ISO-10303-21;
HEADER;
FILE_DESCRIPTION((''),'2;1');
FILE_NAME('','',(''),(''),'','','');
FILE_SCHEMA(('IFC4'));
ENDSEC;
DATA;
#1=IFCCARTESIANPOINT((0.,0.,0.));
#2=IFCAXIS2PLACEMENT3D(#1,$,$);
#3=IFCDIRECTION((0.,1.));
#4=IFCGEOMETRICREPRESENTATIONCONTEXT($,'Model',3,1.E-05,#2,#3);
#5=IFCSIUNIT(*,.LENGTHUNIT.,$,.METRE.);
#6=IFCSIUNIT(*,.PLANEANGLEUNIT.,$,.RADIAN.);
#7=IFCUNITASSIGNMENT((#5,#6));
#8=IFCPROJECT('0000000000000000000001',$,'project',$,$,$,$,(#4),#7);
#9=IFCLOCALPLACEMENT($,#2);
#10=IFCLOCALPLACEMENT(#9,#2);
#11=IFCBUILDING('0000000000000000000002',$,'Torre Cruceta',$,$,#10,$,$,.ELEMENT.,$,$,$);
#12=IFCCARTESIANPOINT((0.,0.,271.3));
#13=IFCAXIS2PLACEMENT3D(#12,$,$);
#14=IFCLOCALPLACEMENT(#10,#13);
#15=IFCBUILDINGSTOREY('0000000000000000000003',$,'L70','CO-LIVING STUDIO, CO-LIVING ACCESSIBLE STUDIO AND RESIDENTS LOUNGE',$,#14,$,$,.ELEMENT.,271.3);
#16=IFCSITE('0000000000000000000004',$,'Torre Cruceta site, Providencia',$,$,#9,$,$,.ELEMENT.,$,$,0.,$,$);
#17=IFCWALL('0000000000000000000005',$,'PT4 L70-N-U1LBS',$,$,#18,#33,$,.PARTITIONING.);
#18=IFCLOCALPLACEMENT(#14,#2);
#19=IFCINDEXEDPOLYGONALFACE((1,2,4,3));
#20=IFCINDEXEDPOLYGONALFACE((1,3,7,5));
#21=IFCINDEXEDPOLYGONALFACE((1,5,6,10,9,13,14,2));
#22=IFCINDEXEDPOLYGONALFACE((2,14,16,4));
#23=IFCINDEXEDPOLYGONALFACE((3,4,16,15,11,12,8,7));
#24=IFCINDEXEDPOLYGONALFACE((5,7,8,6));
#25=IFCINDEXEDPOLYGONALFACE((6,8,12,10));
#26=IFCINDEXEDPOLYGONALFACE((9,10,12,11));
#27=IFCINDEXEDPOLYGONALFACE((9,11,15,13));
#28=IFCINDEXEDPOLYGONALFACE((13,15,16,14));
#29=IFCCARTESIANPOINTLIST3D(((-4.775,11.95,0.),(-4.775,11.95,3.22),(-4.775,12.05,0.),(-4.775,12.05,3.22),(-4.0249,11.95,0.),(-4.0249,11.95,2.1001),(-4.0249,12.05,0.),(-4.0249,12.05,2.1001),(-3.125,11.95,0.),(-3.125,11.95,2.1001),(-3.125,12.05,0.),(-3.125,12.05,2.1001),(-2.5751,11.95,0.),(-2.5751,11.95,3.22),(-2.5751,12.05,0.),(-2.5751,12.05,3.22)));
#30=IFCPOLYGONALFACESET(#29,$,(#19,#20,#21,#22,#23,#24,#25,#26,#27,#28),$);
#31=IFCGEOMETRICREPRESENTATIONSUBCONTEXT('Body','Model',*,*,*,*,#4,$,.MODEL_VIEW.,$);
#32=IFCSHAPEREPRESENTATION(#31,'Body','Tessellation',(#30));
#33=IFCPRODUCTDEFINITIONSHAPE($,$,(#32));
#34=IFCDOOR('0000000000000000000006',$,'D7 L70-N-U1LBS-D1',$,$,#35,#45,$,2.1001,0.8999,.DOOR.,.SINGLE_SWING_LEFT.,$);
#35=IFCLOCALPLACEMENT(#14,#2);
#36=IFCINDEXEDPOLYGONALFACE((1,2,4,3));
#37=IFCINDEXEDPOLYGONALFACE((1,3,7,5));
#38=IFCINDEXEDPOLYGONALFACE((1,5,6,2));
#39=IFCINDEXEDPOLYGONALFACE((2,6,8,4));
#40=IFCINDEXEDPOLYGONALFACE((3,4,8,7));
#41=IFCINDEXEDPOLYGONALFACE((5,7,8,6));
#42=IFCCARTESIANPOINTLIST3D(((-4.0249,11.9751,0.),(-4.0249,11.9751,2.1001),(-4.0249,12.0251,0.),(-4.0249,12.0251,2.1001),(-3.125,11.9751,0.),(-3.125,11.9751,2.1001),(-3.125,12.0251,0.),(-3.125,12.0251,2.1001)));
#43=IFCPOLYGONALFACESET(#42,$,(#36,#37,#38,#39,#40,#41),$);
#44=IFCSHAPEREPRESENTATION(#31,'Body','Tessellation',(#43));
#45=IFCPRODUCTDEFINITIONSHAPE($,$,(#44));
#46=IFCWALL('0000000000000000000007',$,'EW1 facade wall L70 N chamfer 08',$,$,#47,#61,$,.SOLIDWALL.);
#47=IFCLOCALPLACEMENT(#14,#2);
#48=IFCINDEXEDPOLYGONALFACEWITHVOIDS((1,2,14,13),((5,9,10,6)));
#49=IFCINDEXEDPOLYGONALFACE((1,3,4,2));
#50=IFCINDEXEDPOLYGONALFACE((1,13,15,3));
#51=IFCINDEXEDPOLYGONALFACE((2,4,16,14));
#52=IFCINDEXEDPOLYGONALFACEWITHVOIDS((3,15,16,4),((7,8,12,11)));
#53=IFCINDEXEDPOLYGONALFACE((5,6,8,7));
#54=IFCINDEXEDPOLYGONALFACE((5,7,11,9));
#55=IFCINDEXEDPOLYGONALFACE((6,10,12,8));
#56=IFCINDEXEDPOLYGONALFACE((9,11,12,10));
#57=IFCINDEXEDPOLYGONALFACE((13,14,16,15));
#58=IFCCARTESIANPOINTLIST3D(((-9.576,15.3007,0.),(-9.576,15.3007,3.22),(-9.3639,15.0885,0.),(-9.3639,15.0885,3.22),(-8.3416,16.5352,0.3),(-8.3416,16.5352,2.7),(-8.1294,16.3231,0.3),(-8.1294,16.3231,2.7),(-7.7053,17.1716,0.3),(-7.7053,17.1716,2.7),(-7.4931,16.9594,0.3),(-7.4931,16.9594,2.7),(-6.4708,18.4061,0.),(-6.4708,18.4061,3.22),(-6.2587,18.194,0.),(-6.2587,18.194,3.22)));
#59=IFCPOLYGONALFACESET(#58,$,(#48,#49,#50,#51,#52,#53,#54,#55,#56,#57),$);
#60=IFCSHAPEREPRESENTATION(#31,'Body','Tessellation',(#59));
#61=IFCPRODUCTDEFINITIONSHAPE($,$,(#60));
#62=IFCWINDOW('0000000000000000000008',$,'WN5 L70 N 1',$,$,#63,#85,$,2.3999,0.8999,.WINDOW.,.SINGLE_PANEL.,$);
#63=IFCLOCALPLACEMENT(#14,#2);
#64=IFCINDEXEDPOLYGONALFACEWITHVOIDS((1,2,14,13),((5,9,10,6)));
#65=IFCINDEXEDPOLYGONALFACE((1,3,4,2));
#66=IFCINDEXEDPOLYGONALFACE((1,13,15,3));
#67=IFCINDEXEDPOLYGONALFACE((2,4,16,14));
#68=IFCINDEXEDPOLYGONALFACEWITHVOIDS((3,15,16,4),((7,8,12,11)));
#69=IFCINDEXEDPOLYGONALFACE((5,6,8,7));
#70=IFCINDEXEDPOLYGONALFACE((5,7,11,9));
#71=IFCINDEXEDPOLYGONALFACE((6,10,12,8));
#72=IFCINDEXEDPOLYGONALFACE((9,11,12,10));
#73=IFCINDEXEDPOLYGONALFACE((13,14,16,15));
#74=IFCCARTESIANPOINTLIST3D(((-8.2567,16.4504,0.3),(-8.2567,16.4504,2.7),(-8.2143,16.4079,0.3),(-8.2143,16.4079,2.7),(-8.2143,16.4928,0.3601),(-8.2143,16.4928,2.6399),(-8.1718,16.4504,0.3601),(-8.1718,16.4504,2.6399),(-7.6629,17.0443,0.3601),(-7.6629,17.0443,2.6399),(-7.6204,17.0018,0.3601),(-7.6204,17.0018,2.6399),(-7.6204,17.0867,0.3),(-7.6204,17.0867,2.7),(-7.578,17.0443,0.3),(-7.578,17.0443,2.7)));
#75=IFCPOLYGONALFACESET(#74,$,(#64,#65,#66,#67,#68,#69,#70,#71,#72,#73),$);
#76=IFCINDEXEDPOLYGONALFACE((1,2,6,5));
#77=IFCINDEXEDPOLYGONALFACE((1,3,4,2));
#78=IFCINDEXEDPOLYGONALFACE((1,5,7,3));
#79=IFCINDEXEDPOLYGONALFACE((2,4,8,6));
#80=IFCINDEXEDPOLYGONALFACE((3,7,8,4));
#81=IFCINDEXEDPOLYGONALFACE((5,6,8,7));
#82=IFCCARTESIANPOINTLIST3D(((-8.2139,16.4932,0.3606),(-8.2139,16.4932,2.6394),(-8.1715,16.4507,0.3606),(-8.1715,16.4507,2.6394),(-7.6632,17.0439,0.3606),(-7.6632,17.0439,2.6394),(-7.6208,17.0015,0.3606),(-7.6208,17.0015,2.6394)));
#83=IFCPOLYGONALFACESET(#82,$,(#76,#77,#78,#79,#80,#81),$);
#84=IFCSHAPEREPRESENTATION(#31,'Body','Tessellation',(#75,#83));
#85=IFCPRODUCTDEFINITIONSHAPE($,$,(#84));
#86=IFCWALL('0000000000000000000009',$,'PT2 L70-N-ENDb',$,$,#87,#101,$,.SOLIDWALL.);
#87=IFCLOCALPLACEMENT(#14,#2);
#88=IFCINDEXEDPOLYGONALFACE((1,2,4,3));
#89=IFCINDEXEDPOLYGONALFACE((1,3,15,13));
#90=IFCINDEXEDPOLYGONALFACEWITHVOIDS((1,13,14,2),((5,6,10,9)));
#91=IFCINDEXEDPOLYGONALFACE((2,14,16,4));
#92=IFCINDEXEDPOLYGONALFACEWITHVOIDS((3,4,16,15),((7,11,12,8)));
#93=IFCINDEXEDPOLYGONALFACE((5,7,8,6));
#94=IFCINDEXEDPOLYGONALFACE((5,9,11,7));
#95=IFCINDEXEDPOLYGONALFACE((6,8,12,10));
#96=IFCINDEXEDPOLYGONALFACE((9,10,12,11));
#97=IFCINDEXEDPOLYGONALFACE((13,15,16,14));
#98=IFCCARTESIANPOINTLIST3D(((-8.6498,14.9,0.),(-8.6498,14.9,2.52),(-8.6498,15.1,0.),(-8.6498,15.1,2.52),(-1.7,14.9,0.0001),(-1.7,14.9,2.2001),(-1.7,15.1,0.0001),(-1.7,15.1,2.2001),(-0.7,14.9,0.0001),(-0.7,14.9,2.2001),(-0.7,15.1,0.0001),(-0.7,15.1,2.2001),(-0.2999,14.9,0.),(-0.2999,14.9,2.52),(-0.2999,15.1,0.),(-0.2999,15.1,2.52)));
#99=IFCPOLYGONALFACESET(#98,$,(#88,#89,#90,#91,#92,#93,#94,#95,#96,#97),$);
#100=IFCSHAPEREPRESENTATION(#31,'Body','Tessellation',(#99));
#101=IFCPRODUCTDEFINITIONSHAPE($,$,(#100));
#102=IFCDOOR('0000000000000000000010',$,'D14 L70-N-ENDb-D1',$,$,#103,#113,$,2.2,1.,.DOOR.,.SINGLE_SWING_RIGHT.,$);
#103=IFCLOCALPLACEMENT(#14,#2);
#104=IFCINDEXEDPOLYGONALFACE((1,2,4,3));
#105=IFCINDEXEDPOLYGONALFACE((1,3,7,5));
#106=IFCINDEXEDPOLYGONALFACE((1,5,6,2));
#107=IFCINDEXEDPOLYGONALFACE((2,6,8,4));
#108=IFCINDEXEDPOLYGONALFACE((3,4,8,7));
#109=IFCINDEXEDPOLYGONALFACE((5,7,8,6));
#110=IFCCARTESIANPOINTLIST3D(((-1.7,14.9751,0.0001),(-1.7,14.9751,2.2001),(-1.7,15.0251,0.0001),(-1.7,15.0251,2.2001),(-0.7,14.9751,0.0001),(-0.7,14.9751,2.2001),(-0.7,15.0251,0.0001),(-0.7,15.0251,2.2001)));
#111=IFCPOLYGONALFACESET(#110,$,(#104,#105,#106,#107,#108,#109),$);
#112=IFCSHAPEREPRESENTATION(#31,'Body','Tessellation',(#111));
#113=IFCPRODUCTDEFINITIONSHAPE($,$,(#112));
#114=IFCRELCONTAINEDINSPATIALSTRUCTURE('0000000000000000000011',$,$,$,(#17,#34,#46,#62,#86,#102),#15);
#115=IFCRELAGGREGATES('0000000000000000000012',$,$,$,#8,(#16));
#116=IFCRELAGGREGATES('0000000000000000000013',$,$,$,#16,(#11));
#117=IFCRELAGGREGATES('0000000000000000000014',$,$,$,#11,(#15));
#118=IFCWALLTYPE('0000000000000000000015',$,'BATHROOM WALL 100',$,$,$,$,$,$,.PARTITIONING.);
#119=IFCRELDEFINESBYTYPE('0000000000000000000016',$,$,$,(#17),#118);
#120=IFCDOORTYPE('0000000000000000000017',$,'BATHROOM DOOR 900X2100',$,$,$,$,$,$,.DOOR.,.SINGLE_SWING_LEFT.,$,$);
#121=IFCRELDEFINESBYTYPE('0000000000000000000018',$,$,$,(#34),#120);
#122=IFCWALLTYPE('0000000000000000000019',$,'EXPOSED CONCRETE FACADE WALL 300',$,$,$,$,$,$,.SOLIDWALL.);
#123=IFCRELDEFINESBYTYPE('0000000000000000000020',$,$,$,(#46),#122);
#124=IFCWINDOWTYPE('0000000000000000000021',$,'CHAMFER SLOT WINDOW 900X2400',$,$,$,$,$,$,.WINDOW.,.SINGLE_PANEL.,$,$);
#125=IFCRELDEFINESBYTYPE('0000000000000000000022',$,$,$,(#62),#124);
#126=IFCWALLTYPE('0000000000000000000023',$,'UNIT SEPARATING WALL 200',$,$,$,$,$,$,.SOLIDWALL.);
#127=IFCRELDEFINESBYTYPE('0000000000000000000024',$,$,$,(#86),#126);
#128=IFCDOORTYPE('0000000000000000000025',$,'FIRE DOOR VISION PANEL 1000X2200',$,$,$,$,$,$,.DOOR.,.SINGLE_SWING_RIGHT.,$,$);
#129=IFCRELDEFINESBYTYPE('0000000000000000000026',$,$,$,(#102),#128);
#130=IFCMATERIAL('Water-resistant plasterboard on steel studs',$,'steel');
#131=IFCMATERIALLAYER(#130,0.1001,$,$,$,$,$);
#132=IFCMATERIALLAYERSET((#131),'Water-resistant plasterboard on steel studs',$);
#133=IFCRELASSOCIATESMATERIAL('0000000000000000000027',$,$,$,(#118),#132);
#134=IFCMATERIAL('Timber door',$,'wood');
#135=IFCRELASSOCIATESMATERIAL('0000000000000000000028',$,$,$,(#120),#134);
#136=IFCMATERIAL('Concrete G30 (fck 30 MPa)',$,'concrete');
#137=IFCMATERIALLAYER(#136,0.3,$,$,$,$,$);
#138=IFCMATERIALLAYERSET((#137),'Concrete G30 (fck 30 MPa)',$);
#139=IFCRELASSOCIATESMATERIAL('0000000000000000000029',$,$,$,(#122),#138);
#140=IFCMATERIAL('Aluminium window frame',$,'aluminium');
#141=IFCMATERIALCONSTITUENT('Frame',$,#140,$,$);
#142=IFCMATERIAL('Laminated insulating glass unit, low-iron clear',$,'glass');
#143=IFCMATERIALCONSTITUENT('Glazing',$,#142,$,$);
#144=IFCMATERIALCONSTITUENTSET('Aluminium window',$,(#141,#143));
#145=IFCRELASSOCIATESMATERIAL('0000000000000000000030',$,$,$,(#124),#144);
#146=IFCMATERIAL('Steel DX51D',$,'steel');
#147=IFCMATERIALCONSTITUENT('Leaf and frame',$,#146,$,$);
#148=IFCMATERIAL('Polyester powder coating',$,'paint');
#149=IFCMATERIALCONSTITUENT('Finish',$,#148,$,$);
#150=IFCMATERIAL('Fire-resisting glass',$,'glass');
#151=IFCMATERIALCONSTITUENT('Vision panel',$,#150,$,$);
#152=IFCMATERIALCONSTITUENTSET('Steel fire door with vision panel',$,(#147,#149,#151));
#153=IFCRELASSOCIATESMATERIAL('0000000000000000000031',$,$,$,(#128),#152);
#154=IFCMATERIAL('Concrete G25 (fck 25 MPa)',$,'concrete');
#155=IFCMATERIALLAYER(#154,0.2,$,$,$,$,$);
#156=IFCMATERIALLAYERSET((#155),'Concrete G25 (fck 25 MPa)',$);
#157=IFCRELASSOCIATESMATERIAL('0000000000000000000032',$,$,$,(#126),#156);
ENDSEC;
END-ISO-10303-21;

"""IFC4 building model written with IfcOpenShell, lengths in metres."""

from ifc_helpers import new_model, si_unit, direction, frame, frame_2d, origin, place, context, subcontext, project, spatial, rectangle, hollow_rectangle, extrude, material, layer, layer_set, constituent, constituent_set, type_object, element, fill, save


model = new_model("IFC4")

# Units and contexts
model_context = context("Model", 3, precision=1e-05, world=origin(), true_north=direction((0.0, 1.0)))
body_context = subcontext(model_context, "Body", "Model", "MODEL_VIEW")
ifc_project = project(units=[si_unit("LENGTHUNIT", "METRE"), si_unit("PLANEANGLEUNIT", "RADIAN")], contexts=[model_context])

# Site, building, storey
site_placement = place(None, origin())
site = spatial("IfcSite", under=ifc_project, at=site_placement, Name="Torre Cruceta site, Providencia", CompositionType="ELEMENT", RefElevation=0.0)
building_placement = place(site_placement, origin())
building = spatial("IfcBuilding", under=site, at=building_placement, Name="Torre Cruceta", CompositionType="ELEMENT")
storey_placement = place(building_placement, frame((0.0, 0.0, 271.3)))
storey = spatial("IfcBuildingStorey", under=building, at=storey_placement, Name="L70", Description="CO-LIVING STUDIO, CO-LIVING ACCESSIBLE STUDIO AND RESIDENTS LOUNGE", CompositionType="ELEMENT", Elevation=271.3)

# Shared definitions
ifc_material_1 = material(Name="Water-resistant plasterboard on steel studs", Category="steel")
ifc_layer_1 = layer(ifc_material_1, 0.1001)
ifc_layer_set_1 = layer_set([ifc_layer_1], Name="Water-resistant plasterboard on steel studs")
wall_type_1 = type_object("IfcWallType", Name="BATHROOM WALL 100", PredefinedType="PARTITIONING", material=ifc_layer_set_1)

# Wall, opening, door
wall_1_placement = place(storey_placement, frame((-2.575, 12.0, 0.0), z_axis=(0.0, 0.0, 1.0), x_axis=(-1.0, 0.0, 0.0)))
wall_1 = element("IfcWall", 1, at=wall_1_placement, inside=storey, type_object=wall_type_1, Name="PT4 L70-N-U1LBS", PredefinedType="PARTITIONING", context=body_context, shape_type="SweptSolid", body=[
    extrude(rectangle(XDim=2.2, YDim=0.1001, at=frame_2d((1.1001, 0.0))), origin(), (0.0, 0.0, 1.0), 3.22),
])
opening_1_placement = place(wall_1_placement, frame((0.55, 0.0, 0.0)))
opening_1 = element("IfcOpeningElement", 2, at=opening_1_placement, cuts=wall_1, PredefinedType="OPENING", context=body_context, shape_type="SweptSolid", body=[
    extrude(rectangle(XDim=0.8999, YDim=2.1001, at=frame_2d((0.45, 1.05))), frame((0.0, 0.0601, 0.0), z_axis=(0.0, -1.0, 0.0), x_axis=(1.0, 0.0, 0.0)), (0.0, 0.0, 1.0), 0.1201),
])
ifc_material_2 = material(Name="Timber door", Category="wood")
door_type_1 = type_object("IfcDoorType", Name="BATHROOM DOOR 900X2100", OperationType="SINGLE_SWING_LEFT", PredefinedType="DOOR", material=ifc_material_2)
door_1_placement = place(opening_1_placement, origin())
door_1 = element("IfcDoor", 3, at=door_1_placement, inside=storey, type_object=door_type_1, Name="D7 L70-N-U1LBS-D1", OperationType="SINGLE_SWING_LEFT", OverallHeight=2.1001, OverallWidth=0.8999, PredefinedType="DOOR", context=body_context, shape_type="SweptSolid", body=[
    extrude(rectangle(XDim=0.8999, YDim=2.1001, at=frame_2d((0.45, 1.05))), frame((0.0, 0.0249, 0.0), z_axis=(0.0, -1.0, 0.0), x_axis=(1.0, 0.0, 0.0)), (0.0, 0.0, 1.0), 0.05),
])
fill(opening_1, door_1)

# Wall, opening, window
ifc_material_3 = material(Name="Concrete G30 (fck 30 MPa)", Category="concrete")
ifc_layer_2 = layer(ifc_material_3, 0.3)
ifc_layer_set_2 = layer_set([ifc_layer_2], Name="Concrete G30 (fck 30 MPa)")
wall_type_2 = type_object("IfcWallType", Name="EXPOSED CONCRETE FACADE WALL 300", PredefinedType="SOLIDWALL", material=ifc_layer_set_2)
wall_2_placement = place(storey_placement, frame((-6.3647, 18.3, 0.0), z_axis=(0.0, 0.0, 1.0), x_axis=(-0.707079, -0.707135, 0.0)))
wall_2 = element("IfcWall", 4, at=wall_2_placement, inside=storey, type_object=wall_type_2, Name="EW1 facade wall L70 N chamfer 08", PredefinedType="SOLIDWALL", context=body_context, shape_type="SweptSolid", body=[
    extrude(rectangle(XDim=4.3916, YDim=0.3, at=frame_2d((2.1958, 0.0))), origin(), (0.0, 0.0, 1.0), 3.22),
])
opening_2_placement = place(wall_2_placement, frame((1.7458, 0.0, 0.3)))
opening_2 = element("IfcOpeningElement", 5, at=opening_2_placement, cuts=wall_2, PredefinedType="OPENING", context=body_context, shape_type="SweptSolid", body=[
    extrude(rectangle(XDim=0.8999, YDim=2.3999, at=frame_2d((0.45, 1.2))), frame((0.0, 0.1599, 0.0), z_axis=(0.0, -1.0, 0.0), x_axis=(1.0, 0.0, 0.0)), (0.0, 0.0, 1.0), 0.3201),
])
ifc_material_4 = material(Name="Aluminium window frame", Category="aluminium")
ifc_constituent_1 = constituent(ifc_material_4, Name="Frame")
ifc_material_5 = material(Name="Laminated insulating glass unit, low-iron clear", Category="glass")
ifc_constituent_2 = constituent(ifc_material_5, Name="Glazing")
ifc_constituent_set_1 = constituent_set(constituents=[ifc_constituent_1, ifc_constituent_2], Name="Aluminium window")
window_type = type_object("IfcWindowType", Name="CHAMFER SLOT WINDOW 900X2400", PartitioningType="SINGLE_PANEL", PredefinedType="WINDOW", material=ifc_constituent_set_1)
window_placement = place(opening_2_placement, origin())
window = element("IfcWindow", 6, at=window_placement, inside=storey, type_object=window_type, Name="WN5 L70 N 1", OverallHeight=2.3999, OverallWidth=0.8999, PartitioningType="SINGLE_PANEL", PredefinedType="WINDOW", context=body_context, shape_type="SweptSolid", body=[
    extrude(hollow_rectangle(XDim=0.8999, YDim=2.3999, WallThickness=0.0601, at=frame_2d((0.45, 1.2))), frame((0.0, 0.03, 0.0), z_axis=(0.0, -1.0, 0.0), x_axis=(1.0, 0.0, 0.0)), (0.0, 0.0, 1.0), 0.0601),
    extrude(rectangle(XDim=0.7788, YDim=2.2788, at=frame_2d((0.45, 1.2))), frame((0.0, 0.03, 0.0), z_axis=(0.0, -1.0, 0.0), x_axis=(1.0, 0.0, 0.0)), (0.0, 0.0, 1.0), 0.0601),
])
fill(opening_2, window)

# Shared definitions
ifc_material_6 = material(Name="Steel DX51D", Category="steel")
ifc_constituent_3 = constituent(ifc_material_6, Name="Leaf and frame")
ifc_material_7 = material(Name="Polyester powder coating", Category="paint")
ifc_constituent_4 = constituent(ifc_material_7, Name="Finish")
ifc_material_8 = material(Name="Fire-resisting glass", Category="glass")
ifc_constituent_5 = constituent(ifc_material_8, Name="Vision panel")
ifc_constituent_set_2 = constituent_set(constituents=[ifc_constituent_3, ifc_constituent_4, ifc_constituent_5], Name="Steel fire door with vision panel")
door_type_2 = type_object("IfcDoorType", Name="FIRE DOOR VISION PANEL 1000X2200", OperationType="SINGLE_SWING_RIGHT", PredefinedType="DOOR", material=ifc_constituent_set_2)

# Wall, opening, door
ifc_material_9 = material(Name="Concrete G25 (fck 25 MPa)", Category="concrete")
ifc_layer_3 = layer(ifc_material_9, 0.2)
ifc_layer_set_3 = layer_set([ifc_layer_3], Name="Concrete G25 (fck 25 MPa)")
wall_type_3 = type_object("IfcWallType", Name="UNIT SEPARATING WALL 200", PredefinedType="SOLIDWALL", material=ifc_layer_set_3)
wall_3_placement = place(storey_placement, frame((-0.3, 15.0, 0.0), z_axis=(0.0, 0.0, 1.0), x_axis=(-1.0, 0.0, 0.0)))
wall_3 = element("IfcWall", 7, at=wall_3_placement, inside=storey, type_object=wall_type_3, Name="PT2 L70-N-ENDb", PredefinedType="SOLIDWALL", context=body_context, shape_type="SweptSolid", body=[
    extrude(rectangle(XDim=8.3499, YDim=0.2, at=frame_2d((4.1748, 0.0))), origin(), (0.0, 0.0, 1.0), 2.52),
])
opening_3_placement = place(wall_3_placement, frame((0.3999, 0.0, 0.0)))
opening_3 = element("IfcOpeningElement", 8, at=opening_3_placement, cuts=wall_3, PredefinedType="OPENING", context=body_context, shape_type="SweptSolid", body=[
    extrude(rectangle(XDim=1.0, YDim=2.2, at=frame_2d((0.5, 1.1001))), frame((0.0, 0.1099, 0.0), z_axis=(0.0, -1.0, 0.0), x_axis=(1.0, 0.0, 0.0)), (0.0, 0.0, 1.0), 0.22),
])
door_2_placement = place(opening_3_placement, frame((1.0, 0.0, 0.0), z_axis=(0.0, 0.0, 1.0), x_axis=(-1.0, 0.0, 0.0)))
door_2 = element("IfcDoor", 9, at=door_2_placement, inside=storey, type_object=door_type_2, Name="D14 L70-N-ENDb-D1", OperationType="SINGLE_SWING_RIGHT", OverallHeight=2.2, OverallWidth=1.0, PredefinedType="DOOR", context=body_context, shape_type="SweptSolid", body=[
    extrude(rectangle(XDim=1.0, YDim=2.2, at=frame_2d((0.5, 1.1001))), frame((0.0, 0.0251, 0.0), z_axis=(0.0, -1.0, 0.0), x_axis=(1.0, 0.0, 0.0)), (0.0, 0.0, 1.0), 0.05),
])
fill(opening_3, door_2)

save(model, "model.ifc")
